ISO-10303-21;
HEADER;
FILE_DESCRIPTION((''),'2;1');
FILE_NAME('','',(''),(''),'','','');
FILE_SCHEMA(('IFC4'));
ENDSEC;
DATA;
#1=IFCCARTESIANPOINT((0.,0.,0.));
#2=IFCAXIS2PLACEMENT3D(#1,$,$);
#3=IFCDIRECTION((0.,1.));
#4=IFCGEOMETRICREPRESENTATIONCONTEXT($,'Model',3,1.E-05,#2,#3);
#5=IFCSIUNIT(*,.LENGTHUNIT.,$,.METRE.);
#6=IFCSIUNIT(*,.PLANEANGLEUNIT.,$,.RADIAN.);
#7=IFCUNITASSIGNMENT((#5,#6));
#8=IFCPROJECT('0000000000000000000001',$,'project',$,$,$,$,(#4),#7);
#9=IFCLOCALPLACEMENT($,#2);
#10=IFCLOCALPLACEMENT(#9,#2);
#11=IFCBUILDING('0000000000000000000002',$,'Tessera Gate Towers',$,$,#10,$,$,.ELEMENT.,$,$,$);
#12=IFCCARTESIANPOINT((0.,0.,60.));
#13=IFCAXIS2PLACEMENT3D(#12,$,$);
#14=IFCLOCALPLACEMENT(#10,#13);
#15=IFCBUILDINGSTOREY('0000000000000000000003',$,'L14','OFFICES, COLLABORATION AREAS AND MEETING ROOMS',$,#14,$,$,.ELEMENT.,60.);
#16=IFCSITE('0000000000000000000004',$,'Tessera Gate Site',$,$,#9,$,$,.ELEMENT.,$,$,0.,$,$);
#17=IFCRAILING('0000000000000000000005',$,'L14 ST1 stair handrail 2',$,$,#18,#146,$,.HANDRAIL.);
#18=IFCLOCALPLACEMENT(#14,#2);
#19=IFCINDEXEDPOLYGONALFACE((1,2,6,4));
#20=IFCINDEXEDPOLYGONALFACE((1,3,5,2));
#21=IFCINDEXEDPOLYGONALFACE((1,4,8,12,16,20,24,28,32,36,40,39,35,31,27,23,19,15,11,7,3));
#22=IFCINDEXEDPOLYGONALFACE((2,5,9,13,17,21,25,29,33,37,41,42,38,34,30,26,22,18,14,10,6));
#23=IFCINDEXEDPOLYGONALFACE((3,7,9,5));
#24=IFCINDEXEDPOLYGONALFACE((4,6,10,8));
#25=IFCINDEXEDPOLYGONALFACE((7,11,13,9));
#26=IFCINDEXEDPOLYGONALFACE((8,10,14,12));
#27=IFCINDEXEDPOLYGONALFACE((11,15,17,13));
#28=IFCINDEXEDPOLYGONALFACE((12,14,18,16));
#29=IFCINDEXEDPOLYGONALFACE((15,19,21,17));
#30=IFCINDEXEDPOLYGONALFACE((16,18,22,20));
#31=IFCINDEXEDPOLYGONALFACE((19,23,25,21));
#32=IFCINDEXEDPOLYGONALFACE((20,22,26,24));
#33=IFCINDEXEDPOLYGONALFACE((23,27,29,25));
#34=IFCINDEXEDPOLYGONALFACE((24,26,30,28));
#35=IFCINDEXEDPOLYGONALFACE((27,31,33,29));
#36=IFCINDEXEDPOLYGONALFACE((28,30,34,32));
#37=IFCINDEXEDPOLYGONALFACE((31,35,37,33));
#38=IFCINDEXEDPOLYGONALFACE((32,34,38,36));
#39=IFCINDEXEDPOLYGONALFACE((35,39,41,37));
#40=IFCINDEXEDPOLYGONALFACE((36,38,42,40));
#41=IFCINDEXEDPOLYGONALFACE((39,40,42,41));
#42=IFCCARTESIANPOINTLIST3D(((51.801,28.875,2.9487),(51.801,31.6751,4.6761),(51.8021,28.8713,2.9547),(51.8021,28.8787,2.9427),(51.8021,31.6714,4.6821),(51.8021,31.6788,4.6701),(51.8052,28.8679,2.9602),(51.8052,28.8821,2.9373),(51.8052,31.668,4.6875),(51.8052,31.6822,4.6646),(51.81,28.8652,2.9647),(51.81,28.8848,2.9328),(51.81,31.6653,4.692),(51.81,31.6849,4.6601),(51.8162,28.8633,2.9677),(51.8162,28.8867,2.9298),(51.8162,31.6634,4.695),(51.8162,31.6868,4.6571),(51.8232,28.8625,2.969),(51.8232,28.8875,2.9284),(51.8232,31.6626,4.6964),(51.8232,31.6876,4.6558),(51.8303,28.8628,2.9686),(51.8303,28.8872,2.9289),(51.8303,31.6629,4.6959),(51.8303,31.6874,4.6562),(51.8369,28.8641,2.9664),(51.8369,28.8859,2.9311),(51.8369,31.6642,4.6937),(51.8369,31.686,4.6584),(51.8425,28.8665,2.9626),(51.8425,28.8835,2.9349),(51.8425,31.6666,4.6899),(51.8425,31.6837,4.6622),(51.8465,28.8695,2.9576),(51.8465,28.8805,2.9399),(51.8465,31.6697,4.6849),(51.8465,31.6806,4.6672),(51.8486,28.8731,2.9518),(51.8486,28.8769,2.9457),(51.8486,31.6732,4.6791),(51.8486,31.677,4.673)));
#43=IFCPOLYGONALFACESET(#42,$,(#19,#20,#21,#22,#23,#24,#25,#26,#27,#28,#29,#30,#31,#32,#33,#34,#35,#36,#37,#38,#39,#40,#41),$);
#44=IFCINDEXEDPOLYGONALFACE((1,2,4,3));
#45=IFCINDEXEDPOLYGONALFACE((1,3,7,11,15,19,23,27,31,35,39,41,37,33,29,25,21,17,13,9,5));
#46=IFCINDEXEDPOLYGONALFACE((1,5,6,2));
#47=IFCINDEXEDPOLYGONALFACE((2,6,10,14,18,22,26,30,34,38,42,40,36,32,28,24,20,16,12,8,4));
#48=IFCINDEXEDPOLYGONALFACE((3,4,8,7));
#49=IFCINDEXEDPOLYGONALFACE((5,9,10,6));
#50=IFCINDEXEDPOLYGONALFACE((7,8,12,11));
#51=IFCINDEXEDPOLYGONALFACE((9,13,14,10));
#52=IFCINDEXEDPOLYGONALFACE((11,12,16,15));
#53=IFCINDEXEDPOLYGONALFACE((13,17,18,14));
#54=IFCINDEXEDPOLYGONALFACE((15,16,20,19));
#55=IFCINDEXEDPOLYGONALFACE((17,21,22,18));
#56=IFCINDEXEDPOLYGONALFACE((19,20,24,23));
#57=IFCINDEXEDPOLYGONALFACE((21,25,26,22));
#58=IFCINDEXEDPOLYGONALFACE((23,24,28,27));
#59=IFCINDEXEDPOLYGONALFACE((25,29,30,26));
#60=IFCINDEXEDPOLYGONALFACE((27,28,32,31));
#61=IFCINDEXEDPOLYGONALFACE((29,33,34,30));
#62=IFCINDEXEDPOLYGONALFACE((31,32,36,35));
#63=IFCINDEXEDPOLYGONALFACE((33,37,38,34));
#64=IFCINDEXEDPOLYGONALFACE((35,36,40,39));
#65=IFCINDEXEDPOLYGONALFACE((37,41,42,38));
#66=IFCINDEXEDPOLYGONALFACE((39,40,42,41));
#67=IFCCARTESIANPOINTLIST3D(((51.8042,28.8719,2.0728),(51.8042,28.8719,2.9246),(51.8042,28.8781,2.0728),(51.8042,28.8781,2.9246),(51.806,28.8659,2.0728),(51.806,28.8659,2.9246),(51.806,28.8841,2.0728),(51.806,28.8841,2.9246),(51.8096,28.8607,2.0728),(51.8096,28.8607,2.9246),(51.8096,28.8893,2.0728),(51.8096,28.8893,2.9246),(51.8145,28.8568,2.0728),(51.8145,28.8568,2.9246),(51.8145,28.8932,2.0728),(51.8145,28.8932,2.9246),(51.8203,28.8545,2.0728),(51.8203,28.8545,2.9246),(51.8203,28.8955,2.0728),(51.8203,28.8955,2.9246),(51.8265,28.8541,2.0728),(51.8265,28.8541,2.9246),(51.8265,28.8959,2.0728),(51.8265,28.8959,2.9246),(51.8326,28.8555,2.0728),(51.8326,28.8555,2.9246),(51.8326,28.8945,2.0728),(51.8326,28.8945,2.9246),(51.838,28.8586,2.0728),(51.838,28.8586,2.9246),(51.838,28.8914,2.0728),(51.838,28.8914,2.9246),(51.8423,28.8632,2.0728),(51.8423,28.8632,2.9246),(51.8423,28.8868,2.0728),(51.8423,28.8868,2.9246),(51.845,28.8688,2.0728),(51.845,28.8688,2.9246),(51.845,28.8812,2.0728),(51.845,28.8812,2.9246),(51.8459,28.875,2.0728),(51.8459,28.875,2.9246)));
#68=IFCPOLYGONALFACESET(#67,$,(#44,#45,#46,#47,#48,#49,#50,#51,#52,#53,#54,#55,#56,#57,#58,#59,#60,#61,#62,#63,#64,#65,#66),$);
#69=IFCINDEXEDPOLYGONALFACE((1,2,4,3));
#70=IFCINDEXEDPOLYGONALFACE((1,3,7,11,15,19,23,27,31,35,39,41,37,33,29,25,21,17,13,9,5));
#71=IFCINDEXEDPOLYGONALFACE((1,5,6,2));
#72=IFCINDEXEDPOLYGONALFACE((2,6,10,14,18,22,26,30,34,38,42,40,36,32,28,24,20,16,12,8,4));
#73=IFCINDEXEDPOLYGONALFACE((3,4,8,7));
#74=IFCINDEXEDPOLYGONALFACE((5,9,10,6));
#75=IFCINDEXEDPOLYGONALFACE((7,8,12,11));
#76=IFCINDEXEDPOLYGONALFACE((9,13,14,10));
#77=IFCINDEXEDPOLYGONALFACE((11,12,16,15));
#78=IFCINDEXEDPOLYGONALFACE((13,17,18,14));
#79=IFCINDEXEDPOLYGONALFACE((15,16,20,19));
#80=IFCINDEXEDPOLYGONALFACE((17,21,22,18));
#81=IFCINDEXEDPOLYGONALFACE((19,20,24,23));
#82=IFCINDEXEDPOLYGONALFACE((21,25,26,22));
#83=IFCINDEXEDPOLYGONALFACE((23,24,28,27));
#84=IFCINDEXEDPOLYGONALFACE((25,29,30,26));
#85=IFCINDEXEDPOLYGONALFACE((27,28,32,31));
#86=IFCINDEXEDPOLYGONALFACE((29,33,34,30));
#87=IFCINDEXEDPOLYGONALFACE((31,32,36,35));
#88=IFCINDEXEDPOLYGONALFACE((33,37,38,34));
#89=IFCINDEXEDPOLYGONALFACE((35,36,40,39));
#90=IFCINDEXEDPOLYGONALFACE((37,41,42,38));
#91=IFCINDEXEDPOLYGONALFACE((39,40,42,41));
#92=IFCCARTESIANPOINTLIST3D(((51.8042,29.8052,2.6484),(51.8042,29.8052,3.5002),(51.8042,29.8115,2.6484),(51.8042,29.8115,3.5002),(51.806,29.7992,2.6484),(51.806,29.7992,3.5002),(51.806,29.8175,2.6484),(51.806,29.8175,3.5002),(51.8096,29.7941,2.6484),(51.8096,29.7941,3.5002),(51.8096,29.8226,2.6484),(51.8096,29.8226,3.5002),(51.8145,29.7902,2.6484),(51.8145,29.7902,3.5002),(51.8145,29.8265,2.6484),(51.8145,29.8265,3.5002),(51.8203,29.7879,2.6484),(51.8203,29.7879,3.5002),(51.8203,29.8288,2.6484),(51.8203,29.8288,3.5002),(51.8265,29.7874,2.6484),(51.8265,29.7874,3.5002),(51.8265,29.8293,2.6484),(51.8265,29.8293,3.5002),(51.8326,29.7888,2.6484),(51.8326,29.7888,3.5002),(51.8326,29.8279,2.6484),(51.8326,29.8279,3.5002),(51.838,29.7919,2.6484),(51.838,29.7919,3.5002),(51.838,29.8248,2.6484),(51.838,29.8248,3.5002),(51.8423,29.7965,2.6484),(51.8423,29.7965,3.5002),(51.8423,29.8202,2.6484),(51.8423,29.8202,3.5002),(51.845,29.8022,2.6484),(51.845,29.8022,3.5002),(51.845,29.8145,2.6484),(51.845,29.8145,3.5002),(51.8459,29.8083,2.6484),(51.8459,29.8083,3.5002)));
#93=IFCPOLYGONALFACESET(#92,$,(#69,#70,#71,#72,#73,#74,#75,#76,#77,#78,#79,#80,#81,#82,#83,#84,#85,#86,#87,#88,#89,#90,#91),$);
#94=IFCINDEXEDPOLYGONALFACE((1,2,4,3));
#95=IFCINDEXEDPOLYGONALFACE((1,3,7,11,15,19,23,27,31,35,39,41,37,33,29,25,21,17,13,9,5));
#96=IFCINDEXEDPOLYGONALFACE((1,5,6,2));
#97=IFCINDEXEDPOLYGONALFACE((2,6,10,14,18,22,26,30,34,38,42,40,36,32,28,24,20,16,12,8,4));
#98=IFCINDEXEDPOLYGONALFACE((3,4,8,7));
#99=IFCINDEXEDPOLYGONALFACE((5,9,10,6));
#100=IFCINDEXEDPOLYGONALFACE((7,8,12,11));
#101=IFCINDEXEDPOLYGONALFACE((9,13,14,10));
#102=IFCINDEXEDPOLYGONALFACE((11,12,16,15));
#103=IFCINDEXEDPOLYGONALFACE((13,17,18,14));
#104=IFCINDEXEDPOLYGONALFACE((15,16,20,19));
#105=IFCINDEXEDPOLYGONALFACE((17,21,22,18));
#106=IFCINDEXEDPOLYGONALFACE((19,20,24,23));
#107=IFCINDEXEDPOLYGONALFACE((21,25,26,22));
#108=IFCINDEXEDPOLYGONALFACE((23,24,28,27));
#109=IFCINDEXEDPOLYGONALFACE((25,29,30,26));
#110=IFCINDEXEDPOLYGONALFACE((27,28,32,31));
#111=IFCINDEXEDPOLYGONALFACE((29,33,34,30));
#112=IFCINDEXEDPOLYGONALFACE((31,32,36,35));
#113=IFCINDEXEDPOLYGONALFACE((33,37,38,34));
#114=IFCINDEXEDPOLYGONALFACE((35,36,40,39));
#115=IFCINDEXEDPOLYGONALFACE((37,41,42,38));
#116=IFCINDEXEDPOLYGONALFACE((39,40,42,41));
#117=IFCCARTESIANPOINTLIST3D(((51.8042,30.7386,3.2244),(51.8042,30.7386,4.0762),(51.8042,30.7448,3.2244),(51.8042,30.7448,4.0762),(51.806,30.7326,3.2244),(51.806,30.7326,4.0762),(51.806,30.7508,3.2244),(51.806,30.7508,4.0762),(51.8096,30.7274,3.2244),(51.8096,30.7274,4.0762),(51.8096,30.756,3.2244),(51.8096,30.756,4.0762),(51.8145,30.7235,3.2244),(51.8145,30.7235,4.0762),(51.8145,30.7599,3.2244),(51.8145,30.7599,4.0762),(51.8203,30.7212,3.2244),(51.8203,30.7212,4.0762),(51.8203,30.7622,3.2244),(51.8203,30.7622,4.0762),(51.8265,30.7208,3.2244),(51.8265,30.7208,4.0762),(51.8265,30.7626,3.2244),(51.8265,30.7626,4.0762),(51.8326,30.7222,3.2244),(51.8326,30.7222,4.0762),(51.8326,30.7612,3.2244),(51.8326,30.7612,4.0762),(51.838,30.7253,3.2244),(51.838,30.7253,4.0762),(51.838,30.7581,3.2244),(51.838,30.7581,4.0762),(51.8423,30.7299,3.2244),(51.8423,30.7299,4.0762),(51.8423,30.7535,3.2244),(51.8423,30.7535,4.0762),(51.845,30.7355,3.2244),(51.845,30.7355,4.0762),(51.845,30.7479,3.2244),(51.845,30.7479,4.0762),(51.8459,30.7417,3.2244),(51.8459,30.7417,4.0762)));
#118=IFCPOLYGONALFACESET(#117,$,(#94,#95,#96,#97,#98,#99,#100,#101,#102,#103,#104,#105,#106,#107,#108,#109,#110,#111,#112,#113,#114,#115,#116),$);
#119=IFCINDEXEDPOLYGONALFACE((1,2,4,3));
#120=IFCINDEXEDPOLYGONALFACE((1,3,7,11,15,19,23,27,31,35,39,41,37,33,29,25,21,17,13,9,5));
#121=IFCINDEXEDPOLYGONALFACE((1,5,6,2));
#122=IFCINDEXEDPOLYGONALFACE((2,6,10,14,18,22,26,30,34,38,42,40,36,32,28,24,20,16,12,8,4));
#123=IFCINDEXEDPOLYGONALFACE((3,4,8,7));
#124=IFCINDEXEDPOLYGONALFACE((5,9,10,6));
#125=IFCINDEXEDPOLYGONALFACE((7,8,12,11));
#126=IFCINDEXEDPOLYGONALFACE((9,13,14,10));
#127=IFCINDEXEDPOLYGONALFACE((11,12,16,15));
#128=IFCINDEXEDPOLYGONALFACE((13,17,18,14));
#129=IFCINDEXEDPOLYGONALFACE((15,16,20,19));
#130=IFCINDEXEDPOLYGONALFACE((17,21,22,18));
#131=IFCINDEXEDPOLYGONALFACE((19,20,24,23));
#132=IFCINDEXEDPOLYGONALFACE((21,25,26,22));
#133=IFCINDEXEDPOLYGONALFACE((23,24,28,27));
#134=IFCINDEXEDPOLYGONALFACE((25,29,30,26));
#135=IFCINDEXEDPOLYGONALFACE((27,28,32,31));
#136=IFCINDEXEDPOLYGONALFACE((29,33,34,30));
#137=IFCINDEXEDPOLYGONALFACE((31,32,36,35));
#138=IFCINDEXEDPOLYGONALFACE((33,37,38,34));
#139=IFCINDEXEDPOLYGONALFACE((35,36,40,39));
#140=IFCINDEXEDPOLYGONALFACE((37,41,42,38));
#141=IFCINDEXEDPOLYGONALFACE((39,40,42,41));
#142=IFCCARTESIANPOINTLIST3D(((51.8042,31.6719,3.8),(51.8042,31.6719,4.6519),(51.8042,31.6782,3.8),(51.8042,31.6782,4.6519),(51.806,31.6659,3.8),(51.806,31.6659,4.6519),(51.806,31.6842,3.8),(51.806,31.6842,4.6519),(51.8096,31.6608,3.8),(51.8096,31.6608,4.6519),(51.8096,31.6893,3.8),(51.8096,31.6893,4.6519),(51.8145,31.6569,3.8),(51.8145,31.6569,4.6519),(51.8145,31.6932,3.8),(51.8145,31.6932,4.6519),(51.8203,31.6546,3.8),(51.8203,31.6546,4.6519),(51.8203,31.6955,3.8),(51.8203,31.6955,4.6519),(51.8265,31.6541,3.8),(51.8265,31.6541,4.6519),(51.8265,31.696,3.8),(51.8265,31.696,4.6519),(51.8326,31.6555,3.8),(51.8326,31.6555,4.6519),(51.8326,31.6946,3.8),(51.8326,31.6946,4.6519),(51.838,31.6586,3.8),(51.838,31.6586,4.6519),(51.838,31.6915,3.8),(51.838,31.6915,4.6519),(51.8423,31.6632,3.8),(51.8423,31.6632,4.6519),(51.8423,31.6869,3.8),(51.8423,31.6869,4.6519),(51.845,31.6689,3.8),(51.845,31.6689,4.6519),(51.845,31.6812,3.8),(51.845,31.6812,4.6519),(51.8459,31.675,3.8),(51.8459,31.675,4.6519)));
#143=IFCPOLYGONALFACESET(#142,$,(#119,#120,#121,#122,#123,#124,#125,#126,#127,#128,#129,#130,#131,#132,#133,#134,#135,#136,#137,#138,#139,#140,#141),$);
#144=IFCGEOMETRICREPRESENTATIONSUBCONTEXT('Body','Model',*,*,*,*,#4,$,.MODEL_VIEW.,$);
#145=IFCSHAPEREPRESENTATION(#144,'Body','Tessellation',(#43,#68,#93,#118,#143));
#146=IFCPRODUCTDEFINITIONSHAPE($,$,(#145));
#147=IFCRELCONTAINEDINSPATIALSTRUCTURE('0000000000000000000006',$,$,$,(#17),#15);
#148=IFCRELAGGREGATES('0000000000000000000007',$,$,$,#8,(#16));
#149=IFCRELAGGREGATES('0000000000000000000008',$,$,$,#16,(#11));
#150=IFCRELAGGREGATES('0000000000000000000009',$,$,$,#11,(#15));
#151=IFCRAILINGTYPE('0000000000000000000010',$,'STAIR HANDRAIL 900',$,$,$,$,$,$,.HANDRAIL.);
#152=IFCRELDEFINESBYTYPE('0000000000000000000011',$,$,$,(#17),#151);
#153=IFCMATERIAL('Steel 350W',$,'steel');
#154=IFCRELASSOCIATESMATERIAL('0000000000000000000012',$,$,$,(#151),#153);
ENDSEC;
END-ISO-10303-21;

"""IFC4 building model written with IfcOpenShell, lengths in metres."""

from ifc_helpers import new_model, si_unit, direction, frame, origin, origin_2d, place, context, subcontext, project, spatial, circle, extrude, material, type_object, element, save


model = new_model("IFC4")

# Units and contexts
model_context = context("Model", 3, precision=1e-05, world=origin(), true_north=direction((0.0, 1.0)))
body_context = subcontext(model_context, "Body", "Model", "MODEL_VIEW")
ifc_project = project(units=[si_unit("LENGTHUNIT", "METRE"), si_unit("PLANEANGLEUNIT", "RADIAN")], contexts=[model_context])

# Site, building, storey
site_placement = place(None, origin())
site = spatial("IfcSite", under=ifc_project, at=site_placement, Name="Tessera Gate Site", CompositionType="ELEMENT", RefElevation=0.0)
building_placement = place(site_placement, origin())
building = spatial("IfcBuilding", under=site, at=building_placement, Name="Tessera Gate Towers", CompositionType="ELEMENT")
storey_placement = place(building_placement, frame((0.0, 0.0, 60.0)))
storey = spatial("IfcBuildingStorey", under=building, at=storey_placement, Name="L14", Description="OFFICES, COLLABORATION AREAS AND MEETING ROOMS", CompositionType="ELEMENT", Elevation=60.0)

# Railing
ifc_material_1 = material(Name="Steel 350W", Category="steel")
railing_type_1 = type_object("IfcRailingType", Name="STAIR HANDRAIL 900", PredefinedType="HANDRAIL", material=ifc_material_1)
railing_1_placement = place(storey_placement, frame((51.825, 28.875, 2.0728)))
element("IfcRailing", 1, at=railing_1_placement, inside=storey, type_object=railing_type_1, Name="L14 ST1 stair handrail 2", PredefinedType="HANDRAIL", context=body_context, shape_type="SweptSolid", body=[
    extrude(circle(Radius=0.0239, at=origin_2d()), frame((0.0, 0.0, 0.876), z_axis=(0.0, 0.85109, 0.52502), x_axis=(-1.0, 0.0, 0.0)), (0.0, 0.0, 1.0), 3.29),
    extrude(circle(Radius=0.021, at=origin_2d()), origin(), (0.0, 0.0, 1.0), 0.8518),
    extrude(circle(Radius=0.021, at=origin_2d()), frame((0.0, 0.9333, 0.5757)), (0.0, 0.0, 1.0), 0.8518),
    extrude(circle(Radius=0.021, at=origin_2d()), frame((0.0, 1.8667, 1.1516)), (0.0, 0.0, 1.0), 0.8518),
    extrude(circle(Radius=0.021, at=origin_2d()), frame((0.0, 2.8, 1.7273)), (0.0, 0.0, 1.0), 0.8518),
])

save(model, "model.ifc")
